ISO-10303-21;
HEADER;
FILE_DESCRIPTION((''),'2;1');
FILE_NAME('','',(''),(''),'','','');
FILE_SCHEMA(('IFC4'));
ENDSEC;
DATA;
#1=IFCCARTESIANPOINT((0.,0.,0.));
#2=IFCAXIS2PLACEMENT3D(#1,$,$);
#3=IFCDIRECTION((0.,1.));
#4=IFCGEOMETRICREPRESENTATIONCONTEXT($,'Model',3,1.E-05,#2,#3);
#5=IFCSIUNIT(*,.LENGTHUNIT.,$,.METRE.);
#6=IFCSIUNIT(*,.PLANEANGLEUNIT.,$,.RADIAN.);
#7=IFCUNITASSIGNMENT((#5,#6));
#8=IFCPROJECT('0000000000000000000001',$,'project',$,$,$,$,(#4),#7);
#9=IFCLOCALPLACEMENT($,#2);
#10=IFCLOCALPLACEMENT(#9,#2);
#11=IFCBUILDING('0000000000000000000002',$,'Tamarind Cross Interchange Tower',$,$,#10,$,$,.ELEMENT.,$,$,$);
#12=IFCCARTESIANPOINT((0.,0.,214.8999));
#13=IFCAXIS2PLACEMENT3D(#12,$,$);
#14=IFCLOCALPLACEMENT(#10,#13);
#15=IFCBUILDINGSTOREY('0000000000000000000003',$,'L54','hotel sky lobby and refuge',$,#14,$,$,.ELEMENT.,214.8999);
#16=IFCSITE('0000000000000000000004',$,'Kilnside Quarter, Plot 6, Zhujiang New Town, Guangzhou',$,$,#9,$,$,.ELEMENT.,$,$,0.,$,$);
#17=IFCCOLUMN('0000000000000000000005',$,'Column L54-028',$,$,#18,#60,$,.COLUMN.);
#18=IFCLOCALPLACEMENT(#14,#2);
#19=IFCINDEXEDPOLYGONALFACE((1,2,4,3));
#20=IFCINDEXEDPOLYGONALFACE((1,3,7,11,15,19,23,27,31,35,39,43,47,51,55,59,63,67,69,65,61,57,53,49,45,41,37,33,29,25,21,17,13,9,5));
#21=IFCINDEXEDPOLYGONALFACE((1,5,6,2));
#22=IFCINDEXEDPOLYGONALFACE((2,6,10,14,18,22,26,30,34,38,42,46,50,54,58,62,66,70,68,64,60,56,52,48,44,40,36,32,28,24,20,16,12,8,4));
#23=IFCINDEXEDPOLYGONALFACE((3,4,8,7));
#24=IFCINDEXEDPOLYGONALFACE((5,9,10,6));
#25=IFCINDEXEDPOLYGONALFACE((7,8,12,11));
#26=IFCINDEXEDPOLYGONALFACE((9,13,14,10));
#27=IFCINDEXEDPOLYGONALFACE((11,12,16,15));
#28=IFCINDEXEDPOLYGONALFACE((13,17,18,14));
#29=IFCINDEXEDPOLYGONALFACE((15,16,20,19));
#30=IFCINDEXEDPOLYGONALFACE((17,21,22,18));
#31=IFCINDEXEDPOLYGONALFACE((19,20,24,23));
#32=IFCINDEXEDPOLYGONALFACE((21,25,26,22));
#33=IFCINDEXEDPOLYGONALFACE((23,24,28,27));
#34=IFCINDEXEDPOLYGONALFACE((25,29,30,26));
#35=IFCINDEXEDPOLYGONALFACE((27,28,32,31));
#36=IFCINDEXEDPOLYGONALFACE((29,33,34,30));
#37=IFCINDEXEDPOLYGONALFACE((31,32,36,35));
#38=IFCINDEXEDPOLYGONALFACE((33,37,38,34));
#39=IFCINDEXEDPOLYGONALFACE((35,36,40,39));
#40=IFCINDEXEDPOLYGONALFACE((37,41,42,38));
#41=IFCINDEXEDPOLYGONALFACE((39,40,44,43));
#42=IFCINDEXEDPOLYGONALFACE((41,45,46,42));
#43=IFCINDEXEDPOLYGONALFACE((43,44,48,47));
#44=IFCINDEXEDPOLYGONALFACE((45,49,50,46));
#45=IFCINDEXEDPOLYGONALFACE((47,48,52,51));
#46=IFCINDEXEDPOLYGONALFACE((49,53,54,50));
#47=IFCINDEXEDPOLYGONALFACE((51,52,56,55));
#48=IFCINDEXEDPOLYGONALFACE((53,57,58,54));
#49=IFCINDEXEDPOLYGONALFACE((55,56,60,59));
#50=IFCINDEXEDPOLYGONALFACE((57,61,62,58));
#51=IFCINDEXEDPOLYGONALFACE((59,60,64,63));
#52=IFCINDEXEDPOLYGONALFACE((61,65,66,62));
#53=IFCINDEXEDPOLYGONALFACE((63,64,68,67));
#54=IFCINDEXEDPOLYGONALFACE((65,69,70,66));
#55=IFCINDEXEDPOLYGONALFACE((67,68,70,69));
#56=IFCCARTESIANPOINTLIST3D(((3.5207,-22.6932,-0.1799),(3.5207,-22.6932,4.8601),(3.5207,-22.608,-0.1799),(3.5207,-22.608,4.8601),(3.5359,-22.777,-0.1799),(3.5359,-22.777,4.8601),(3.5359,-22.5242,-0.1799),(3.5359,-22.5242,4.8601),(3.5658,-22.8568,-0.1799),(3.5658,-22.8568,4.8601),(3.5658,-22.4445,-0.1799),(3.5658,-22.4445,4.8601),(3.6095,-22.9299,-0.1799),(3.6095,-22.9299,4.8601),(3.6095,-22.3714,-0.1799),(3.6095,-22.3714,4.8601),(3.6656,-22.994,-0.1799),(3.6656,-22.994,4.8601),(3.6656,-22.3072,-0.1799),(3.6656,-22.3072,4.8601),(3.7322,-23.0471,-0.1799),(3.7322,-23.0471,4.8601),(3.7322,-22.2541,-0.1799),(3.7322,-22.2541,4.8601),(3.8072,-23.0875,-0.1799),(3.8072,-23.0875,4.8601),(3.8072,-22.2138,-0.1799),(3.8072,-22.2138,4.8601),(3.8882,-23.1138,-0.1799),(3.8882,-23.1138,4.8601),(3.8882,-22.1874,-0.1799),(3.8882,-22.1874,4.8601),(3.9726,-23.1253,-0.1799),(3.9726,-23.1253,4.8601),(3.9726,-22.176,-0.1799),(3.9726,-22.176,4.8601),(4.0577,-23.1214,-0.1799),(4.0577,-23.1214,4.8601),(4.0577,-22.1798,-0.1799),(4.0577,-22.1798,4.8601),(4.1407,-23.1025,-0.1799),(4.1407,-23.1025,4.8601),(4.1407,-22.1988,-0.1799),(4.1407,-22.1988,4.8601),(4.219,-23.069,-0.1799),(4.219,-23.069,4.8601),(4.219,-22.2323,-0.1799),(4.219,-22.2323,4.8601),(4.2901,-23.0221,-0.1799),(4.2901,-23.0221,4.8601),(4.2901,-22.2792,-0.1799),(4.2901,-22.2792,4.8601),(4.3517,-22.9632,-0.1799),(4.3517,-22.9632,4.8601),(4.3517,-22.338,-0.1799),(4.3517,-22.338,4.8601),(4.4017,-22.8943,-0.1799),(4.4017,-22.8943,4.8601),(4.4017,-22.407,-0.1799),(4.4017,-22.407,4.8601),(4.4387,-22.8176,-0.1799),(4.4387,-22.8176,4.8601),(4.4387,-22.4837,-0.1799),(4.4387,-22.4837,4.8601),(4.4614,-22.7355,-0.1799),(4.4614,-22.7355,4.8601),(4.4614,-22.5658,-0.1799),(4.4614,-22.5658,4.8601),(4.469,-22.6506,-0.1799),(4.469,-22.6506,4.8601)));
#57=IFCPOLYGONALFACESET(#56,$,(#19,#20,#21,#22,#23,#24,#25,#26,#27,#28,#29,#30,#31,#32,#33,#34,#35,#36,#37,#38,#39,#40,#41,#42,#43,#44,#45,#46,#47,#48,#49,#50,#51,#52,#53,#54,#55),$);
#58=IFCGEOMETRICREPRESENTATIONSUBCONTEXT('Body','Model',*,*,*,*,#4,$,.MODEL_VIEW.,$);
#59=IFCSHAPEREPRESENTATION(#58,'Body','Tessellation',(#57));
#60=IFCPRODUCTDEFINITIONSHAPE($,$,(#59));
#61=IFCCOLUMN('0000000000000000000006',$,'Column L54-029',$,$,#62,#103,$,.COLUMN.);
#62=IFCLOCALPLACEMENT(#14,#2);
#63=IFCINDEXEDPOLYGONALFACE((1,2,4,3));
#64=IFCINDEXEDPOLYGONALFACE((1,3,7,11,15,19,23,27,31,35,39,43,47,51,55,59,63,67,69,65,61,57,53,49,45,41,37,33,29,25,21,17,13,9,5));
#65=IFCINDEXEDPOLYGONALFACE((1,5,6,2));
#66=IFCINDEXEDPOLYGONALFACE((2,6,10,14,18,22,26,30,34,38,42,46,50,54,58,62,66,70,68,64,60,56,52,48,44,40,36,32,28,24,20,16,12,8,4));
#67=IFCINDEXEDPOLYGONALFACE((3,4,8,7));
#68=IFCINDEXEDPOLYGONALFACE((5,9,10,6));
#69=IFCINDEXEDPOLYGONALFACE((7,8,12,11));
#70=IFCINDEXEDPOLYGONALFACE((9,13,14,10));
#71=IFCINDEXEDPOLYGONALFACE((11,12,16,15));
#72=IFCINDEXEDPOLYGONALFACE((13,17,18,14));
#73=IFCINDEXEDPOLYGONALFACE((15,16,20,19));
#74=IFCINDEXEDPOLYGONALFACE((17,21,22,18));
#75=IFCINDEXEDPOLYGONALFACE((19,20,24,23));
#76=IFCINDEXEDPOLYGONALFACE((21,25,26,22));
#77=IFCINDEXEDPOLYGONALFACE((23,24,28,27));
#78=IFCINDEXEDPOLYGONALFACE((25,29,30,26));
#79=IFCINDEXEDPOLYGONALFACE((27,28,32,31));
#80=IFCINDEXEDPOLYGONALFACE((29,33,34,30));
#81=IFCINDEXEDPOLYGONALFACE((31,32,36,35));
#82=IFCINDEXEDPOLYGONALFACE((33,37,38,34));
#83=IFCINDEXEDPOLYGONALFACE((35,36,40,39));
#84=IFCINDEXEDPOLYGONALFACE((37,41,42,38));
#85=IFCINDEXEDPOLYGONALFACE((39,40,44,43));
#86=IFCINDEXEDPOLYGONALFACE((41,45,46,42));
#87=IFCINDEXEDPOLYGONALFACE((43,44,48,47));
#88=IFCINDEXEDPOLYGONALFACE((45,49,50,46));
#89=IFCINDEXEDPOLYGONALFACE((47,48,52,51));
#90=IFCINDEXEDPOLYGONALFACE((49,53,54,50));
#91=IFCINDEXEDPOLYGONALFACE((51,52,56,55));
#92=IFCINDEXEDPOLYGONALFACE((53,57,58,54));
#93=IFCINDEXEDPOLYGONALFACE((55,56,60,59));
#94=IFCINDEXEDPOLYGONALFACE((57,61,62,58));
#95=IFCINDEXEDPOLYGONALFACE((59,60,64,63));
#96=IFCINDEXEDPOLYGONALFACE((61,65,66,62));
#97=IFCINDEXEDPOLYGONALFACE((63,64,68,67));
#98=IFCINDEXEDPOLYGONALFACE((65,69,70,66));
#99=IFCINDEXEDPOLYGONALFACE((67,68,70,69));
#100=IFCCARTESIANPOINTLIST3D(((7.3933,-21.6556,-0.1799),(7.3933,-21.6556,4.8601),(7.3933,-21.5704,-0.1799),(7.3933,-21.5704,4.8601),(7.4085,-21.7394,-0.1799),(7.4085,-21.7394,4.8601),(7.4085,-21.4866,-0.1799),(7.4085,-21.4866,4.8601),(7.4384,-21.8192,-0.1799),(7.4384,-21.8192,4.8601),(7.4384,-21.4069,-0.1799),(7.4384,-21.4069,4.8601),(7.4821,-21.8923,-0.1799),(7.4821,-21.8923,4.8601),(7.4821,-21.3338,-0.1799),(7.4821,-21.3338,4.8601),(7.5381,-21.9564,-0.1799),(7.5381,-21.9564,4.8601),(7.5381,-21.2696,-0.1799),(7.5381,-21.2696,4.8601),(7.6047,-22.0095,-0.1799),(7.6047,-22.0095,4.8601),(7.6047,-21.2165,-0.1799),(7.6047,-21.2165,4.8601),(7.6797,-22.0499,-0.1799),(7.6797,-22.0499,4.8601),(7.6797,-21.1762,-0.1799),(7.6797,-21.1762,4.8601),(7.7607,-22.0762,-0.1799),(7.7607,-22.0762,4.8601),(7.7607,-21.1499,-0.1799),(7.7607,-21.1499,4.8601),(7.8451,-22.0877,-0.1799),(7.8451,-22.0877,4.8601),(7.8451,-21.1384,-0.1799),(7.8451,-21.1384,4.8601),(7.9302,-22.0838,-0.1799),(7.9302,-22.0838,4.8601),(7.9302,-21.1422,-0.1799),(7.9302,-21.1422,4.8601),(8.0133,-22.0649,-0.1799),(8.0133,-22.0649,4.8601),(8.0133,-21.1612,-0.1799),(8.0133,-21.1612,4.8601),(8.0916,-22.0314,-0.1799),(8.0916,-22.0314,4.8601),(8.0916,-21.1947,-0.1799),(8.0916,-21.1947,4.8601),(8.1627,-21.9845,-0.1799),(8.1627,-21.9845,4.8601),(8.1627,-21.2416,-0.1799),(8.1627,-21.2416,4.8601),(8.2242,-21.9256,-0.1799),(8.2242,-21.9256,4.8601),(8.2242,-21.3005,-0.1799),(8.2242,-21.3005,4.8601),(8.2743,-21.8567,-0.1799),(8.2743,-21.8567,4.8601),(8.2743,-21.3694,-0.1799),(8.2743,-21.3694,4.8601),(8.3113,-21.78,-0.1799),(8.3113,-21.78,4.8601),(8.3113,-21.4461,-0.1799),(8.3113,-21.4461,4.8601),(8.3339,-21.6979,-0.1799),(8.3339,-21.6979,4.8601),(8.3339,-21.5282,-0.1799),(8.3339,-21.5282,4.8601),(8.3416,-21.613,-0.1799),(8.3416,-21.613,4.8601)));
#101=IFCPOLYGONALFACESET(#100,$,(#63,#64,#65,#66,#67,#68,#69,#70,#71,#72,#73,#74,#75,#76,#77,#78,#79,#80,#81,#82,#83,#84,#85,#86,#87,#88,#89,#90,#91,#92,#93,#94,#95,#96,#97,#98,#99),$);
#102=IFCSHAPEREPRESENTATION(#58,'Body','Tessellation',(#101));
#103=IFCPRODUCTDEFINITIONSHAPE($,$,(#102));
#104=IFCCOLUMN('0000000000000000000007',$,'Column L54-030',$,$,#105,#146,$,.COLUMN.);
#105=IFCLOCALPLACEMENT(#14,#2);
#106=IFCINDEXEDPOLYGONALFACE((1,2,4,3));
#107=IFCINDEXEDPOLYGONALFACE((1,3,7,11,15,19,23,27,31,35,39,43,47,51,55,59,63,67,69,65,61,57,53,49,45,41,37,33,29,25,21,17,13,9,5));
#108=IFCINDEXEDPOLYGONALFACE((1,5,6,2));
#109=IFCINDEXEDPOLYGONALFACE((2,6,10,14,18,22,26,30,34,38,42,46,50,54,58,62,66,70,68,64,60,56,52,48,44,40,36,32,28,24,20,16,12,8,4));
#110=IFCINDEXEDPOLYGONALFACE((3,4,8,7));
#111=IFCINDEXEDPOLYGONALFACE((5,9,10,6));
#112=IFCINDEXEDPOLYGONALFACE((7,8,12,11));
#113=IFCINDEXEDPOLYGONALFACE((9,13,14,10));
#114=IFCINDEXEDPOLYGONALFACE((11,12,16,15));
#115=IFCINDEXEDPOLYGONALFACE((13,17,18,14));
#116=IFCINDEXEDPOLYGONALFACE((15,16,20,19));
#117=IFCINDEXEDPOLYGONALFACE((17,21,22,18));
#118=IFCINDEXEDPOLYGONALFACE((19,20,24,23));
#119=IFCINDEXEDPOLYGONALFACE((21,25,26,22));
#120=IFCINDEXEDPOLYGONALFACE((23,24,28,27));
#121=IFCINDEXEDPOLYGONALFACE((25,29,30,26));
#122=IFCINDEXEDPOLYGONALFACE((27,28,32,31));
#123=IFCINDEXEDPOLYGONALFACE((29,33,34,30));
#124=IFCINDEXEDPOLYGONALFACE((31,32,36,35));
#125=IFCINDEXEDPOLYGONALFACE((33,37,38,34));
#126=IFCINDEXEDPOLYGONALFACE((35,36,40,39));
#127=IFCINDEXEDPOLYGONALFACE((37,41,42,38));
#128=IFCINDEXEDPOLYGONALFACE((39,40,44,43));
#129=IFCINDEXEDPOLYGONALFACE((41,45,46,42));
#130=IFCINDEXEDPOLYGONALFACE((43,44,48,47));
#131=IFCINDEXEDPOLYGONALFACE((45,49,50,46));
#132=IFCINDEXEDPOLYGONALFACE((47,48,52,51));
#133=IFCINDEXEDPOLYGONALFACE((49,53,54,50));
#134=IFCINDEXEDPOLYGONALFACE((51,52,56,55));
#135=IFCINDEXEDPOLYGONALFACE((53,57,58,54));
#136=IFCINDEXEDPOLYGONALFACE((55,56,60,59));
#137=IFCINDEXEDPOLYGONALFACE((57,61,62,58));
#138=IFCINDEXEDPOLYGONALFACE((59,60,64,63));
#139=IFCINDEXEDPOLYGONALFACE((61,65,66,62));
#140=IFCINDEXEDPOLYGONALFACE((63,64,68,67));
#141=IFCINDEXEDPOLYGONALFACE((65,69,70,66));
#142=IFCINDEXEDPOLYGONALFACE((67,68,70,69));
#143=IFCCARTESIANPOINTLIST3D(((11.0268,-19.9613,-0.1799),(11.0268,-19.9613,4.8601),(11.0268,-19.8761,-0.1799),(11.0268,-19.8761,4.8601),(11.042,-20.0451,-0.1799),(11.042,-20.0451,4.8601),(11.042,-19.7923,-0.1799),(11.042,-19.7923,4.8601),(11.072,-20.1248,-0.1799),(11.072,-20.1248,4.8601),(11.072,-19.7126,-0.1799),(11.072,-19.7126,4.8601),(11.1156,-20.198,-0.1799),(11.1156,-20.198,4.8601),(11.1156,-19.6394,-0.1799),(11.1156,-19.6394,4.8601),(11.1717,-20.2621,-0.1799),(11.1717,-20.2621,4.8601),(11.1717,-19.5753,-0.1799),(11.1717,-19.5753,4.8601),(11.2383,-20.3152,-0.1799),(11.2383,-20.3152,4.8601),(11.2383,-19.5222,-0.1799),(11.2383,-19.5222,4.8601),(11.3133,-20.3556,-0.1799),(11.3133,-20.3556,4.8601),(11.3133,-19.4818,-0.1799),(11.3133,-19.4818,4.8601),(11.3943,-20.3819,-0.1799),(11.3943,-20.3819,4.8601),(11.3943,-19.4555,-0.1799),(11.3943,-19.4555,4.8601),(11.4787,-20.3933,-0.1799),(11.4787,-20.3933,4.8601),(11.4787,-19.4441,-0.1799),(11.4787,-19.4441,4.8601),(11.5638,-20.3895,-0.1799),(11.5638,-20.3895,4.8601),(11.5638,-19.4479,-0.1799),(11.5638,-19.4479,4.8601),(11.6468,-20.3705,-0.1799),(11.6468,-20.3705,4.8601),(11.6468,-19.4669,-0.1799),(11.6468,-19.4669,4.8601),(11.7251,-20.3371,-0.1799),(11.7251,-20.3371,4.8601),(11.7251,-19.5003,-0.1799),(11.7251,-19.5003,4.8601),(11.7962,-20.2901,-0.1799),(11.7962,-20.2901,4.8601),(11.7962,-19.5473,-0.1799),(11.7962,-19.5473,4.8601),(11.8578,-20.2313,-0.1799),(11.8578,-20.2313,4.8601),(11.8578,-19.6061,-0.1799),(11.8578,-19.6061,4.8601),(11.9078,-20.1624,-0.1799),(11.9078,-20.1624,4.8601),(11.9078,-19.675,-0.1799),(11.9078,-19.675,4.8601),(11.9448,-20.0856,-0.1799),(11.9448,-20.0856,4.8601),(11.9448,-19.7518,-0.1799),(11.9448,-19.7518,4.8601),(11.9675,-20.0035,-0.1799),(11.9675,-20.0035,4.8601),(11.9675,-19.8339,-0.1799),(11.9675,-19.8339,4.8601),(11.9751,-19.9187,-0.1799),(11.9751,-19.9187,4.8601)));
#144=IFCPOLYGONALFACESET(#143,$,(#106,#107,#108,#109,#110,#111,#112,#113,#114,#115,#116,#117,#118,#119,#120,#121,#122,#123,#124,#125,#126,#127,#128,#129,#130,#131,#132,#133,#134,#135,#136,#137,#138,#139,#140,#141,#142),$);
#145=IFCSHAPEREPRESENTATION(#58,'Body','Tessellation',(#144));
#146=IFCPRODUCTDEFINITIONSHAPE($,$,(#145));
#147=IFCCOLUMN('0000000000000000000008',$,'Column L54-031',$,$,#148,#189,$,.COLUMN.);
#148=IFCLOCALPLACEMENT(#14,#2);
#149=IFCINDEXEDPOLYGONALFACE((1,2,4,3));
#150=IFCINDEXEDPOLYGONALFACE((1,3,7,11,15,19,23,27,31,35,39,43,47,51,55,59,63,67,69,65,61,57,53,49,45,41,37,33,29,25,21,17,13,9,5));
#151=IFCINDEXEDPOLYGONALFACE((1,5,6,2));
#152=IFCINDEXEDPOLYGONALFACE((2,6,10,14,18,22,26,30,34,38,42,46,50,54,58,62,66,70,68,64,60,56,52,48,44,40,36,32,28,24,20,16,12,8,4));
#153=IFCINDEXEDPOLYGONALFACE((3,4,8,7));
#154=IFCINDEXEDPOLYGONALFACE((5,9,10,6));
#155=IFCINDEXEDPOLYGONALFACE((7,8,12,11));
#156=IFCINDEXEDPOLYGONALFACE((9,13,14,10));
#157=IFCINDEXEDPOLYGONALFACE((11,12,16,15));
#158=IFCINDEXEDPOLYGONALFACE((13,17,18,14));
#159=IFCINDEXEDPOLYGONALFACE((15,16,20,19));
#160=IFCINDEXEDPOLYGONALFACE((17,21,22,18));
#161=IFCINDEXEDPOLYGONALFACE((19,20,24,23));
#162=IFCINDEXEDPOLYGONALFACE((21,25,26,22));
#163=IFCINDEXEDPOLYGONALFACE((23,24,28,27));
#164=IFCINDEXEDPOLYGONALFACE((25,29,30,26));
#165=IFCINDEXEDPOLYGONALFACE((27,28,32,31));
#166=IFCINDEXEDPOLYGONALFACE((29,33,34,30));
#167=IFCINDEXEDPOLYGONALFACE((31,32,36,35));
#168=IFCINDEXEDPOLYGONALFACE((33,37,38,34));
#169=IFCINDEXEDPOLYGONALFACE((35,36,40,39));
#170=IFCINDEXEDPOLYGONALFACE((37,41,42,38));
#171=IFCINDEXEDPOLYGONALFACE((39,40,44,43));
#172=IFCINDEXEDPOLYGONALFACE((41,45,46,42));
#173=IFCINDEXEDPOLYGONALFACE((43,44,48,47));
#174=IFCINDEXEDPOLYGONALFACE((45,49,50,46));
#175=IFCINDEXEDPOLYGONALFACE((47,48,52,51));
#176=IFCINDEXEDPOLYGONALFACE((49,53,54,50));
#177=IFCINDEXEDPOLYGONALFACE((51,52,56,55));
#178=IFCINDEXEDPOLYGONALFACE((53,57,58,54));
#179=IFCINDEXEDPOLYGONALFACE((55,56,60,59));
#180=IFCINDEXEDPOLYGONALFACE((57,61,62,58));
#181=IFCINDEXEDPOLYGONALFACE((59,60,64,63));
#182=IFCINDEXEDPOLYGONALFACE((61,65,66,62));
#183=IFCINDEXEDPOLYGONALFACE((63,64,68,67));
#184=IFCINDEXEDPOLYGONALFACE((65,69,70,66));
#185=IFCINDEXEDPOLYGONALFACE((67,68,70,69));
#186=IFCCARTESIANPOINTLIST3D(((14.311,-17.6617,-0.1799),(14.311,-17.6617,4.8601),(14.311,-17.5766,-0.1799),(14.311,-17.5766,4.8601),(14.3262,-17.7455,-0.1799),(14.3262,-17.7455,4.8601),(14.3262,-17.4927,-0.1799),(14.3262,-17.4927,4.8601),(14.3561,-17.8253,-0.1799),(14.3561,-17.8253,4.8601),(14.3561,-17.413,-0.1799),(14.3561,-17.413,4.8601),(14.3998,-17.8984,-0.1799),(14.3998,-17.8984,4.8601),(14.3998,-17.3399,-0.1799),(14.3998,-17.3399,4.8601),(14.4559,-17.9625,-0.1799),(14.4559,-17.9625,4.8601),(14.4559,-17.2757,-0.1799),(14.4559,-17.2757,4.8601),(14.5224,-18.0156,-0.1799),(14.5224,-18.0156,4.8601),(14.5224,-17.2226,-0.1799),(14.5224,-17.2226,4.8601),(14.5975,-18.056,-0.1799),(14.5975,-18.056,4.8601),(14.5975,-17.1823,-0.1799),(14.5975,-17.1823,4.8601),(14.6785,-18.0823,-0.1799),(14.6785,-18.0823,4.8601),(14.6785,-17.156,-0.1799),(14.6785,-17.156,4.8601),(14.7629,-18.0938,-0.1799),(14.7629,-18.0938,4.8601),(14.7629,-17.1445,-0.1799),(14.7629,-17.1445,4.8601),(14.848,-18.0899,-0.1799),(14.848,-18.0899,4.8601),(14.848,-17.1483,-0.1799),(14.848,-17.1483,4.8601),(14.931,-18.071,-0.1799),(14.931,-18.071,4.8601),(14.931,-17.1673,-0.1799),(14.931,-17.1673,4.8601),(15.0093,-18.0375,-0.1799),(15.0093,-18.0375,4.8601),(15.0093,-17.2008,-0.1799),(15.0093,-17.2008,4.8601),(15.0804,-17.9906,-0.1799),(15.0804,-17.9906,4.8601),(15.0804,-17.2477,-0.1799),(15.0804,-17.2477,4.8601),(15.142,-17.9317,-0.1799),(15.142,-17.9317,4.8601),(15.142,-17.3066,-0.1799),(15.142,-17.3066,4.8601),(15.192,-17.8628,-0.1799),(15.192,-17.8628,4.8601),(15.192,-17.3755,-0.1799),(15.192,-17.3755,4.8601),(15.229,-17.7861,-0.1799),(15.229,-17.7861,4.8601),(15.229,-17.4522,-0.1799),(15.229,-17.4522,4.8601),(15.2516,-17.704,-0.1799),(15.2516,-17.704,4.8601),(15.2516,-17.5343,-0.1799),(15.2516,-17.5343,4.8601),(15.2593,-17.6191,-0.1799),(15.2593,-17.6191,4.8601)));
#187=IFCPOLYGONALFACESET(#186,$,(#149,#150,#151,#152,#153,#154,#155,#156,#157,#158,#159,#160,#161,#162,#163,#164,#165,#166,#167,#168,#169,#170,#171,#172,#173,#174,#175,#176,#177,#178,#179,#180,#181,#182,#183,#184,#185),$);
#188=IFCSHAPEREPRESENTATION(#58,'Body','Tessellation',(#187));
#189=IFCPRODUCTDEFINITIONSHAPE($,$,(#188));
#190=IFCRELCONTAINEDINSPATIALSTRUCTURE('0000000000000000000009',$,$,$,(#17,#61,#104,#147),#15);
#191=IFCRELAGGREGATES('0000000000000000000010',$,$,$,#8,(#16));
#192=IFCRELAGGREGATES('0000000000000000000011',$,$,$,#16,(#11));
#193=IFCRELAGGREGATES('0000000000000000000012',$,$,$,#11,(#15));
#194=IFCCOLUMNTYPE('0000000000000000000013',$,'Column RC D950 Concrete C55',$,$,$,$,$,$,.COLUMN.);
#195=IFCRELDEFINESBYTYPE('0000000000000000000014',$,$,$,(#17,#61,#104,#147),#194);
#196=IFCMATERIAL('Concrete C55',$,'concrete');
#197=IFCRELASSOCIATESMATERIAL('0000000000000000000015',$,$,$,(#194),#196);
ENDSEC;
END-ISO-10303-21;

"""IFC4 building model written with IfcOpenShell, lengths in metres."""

from ifc_helpers import new_model, si_unit, direction, frame, origin, origin_2d, place, context, subcontext, project, spatial, circle, extrude, material, material_profile, profile_set, type_object, element, save


model = new_model("IFC4")

# Units and contexts
model_context = context("Model", 3, precision=1e-05, world=origin(), true_north=direction((0.0, 1.0)))
body_context = subcontext(model_context, "Body", "Model", "MODEL_VIEW")
ifc_project = project(units=[si_unit("LENGTHUNIT", "METRE"), si_unit("PLANEANGLEUNIT", "RADIAN")], contexts=[model_context])

# Site, building, storey
site_placement = place(None, origin())
site = spatial("IfcSite", under=ifc_project, at=site_placement, Name="Kilnside Quarter, Plot 6, Zhujiang New Town, Guangzhou", CompositionType="ELEMENT", RefElevation=0.0)
building_placement = place(site_placement, origin())
building = spatial("IfcBuilding", under=site, at=building_placement, Name="Tamarind Cross Interchange Tower", CompositionType="ELEMENT")
storey_placement = place(building_placement, frame((0.0, 0.0, 214.8999)))
storey = spatial("IfcBuildingStorey", under=building, at=storey_placement, Name="L54", Description="hotel sky lobby and refuge", CompositionType="ELEMENT", Elevation=214.8999)

# Columns
ifc_material_1 = material(Name="Concrete C55", Category="concrete")
ifc_material_profile_1 = material_profile(ifc_material_1, circle(Radius=0.4751, at=origin_2d()), Name="RC D950")
ifc_profile_set_1 = profile_set([ifc_material_profile_1], Name="Concrete C55")
column_type = type_object("IfcColumnType", Name="Column RC D950 Concrete C55", PredefinedType="COLUMN", material=ifc_profile_set_1)
for number, where, z_axis, x_axis, name in (
    (1, (3.9939, -22.6506, -0.1799), (0.0, 0.0, 1.0), (1.0, 0.0, 0.0), "Column L54-028"),
    (2, (7.8665, -21.613, -0.1799), (0.0, 0.0, 1.0), (1.0, 0.0, 0.0), "Column L54-029"),
    (3, (11.5, -19.9187, -0.1799), (0.0, 0.0, 1.0), (1.0, 0.0, 0.0), "Column L54-030"),
    (4, (14.7842, -17.6191, -0.1799), (0.0, 0.0, 1.0), (1.0, 0.0, 0.0), "Column L54-031"),
):
    element("IfcColumn", number, at=place(storey_placement, frame(where, z_axis=z_axis, x_axis=x_axis)), inside=storey, type_object=column_type, Name=name, PredefinedType="COLUMN", context=body_context, shape_type="SweptSolid", body=[
        extrude(circle(Radius=0.4751, at=origin_2d()), origin(), (0.0, 0.0, 1.0), 5.04),
    ])

save(model, "model.ifc")
